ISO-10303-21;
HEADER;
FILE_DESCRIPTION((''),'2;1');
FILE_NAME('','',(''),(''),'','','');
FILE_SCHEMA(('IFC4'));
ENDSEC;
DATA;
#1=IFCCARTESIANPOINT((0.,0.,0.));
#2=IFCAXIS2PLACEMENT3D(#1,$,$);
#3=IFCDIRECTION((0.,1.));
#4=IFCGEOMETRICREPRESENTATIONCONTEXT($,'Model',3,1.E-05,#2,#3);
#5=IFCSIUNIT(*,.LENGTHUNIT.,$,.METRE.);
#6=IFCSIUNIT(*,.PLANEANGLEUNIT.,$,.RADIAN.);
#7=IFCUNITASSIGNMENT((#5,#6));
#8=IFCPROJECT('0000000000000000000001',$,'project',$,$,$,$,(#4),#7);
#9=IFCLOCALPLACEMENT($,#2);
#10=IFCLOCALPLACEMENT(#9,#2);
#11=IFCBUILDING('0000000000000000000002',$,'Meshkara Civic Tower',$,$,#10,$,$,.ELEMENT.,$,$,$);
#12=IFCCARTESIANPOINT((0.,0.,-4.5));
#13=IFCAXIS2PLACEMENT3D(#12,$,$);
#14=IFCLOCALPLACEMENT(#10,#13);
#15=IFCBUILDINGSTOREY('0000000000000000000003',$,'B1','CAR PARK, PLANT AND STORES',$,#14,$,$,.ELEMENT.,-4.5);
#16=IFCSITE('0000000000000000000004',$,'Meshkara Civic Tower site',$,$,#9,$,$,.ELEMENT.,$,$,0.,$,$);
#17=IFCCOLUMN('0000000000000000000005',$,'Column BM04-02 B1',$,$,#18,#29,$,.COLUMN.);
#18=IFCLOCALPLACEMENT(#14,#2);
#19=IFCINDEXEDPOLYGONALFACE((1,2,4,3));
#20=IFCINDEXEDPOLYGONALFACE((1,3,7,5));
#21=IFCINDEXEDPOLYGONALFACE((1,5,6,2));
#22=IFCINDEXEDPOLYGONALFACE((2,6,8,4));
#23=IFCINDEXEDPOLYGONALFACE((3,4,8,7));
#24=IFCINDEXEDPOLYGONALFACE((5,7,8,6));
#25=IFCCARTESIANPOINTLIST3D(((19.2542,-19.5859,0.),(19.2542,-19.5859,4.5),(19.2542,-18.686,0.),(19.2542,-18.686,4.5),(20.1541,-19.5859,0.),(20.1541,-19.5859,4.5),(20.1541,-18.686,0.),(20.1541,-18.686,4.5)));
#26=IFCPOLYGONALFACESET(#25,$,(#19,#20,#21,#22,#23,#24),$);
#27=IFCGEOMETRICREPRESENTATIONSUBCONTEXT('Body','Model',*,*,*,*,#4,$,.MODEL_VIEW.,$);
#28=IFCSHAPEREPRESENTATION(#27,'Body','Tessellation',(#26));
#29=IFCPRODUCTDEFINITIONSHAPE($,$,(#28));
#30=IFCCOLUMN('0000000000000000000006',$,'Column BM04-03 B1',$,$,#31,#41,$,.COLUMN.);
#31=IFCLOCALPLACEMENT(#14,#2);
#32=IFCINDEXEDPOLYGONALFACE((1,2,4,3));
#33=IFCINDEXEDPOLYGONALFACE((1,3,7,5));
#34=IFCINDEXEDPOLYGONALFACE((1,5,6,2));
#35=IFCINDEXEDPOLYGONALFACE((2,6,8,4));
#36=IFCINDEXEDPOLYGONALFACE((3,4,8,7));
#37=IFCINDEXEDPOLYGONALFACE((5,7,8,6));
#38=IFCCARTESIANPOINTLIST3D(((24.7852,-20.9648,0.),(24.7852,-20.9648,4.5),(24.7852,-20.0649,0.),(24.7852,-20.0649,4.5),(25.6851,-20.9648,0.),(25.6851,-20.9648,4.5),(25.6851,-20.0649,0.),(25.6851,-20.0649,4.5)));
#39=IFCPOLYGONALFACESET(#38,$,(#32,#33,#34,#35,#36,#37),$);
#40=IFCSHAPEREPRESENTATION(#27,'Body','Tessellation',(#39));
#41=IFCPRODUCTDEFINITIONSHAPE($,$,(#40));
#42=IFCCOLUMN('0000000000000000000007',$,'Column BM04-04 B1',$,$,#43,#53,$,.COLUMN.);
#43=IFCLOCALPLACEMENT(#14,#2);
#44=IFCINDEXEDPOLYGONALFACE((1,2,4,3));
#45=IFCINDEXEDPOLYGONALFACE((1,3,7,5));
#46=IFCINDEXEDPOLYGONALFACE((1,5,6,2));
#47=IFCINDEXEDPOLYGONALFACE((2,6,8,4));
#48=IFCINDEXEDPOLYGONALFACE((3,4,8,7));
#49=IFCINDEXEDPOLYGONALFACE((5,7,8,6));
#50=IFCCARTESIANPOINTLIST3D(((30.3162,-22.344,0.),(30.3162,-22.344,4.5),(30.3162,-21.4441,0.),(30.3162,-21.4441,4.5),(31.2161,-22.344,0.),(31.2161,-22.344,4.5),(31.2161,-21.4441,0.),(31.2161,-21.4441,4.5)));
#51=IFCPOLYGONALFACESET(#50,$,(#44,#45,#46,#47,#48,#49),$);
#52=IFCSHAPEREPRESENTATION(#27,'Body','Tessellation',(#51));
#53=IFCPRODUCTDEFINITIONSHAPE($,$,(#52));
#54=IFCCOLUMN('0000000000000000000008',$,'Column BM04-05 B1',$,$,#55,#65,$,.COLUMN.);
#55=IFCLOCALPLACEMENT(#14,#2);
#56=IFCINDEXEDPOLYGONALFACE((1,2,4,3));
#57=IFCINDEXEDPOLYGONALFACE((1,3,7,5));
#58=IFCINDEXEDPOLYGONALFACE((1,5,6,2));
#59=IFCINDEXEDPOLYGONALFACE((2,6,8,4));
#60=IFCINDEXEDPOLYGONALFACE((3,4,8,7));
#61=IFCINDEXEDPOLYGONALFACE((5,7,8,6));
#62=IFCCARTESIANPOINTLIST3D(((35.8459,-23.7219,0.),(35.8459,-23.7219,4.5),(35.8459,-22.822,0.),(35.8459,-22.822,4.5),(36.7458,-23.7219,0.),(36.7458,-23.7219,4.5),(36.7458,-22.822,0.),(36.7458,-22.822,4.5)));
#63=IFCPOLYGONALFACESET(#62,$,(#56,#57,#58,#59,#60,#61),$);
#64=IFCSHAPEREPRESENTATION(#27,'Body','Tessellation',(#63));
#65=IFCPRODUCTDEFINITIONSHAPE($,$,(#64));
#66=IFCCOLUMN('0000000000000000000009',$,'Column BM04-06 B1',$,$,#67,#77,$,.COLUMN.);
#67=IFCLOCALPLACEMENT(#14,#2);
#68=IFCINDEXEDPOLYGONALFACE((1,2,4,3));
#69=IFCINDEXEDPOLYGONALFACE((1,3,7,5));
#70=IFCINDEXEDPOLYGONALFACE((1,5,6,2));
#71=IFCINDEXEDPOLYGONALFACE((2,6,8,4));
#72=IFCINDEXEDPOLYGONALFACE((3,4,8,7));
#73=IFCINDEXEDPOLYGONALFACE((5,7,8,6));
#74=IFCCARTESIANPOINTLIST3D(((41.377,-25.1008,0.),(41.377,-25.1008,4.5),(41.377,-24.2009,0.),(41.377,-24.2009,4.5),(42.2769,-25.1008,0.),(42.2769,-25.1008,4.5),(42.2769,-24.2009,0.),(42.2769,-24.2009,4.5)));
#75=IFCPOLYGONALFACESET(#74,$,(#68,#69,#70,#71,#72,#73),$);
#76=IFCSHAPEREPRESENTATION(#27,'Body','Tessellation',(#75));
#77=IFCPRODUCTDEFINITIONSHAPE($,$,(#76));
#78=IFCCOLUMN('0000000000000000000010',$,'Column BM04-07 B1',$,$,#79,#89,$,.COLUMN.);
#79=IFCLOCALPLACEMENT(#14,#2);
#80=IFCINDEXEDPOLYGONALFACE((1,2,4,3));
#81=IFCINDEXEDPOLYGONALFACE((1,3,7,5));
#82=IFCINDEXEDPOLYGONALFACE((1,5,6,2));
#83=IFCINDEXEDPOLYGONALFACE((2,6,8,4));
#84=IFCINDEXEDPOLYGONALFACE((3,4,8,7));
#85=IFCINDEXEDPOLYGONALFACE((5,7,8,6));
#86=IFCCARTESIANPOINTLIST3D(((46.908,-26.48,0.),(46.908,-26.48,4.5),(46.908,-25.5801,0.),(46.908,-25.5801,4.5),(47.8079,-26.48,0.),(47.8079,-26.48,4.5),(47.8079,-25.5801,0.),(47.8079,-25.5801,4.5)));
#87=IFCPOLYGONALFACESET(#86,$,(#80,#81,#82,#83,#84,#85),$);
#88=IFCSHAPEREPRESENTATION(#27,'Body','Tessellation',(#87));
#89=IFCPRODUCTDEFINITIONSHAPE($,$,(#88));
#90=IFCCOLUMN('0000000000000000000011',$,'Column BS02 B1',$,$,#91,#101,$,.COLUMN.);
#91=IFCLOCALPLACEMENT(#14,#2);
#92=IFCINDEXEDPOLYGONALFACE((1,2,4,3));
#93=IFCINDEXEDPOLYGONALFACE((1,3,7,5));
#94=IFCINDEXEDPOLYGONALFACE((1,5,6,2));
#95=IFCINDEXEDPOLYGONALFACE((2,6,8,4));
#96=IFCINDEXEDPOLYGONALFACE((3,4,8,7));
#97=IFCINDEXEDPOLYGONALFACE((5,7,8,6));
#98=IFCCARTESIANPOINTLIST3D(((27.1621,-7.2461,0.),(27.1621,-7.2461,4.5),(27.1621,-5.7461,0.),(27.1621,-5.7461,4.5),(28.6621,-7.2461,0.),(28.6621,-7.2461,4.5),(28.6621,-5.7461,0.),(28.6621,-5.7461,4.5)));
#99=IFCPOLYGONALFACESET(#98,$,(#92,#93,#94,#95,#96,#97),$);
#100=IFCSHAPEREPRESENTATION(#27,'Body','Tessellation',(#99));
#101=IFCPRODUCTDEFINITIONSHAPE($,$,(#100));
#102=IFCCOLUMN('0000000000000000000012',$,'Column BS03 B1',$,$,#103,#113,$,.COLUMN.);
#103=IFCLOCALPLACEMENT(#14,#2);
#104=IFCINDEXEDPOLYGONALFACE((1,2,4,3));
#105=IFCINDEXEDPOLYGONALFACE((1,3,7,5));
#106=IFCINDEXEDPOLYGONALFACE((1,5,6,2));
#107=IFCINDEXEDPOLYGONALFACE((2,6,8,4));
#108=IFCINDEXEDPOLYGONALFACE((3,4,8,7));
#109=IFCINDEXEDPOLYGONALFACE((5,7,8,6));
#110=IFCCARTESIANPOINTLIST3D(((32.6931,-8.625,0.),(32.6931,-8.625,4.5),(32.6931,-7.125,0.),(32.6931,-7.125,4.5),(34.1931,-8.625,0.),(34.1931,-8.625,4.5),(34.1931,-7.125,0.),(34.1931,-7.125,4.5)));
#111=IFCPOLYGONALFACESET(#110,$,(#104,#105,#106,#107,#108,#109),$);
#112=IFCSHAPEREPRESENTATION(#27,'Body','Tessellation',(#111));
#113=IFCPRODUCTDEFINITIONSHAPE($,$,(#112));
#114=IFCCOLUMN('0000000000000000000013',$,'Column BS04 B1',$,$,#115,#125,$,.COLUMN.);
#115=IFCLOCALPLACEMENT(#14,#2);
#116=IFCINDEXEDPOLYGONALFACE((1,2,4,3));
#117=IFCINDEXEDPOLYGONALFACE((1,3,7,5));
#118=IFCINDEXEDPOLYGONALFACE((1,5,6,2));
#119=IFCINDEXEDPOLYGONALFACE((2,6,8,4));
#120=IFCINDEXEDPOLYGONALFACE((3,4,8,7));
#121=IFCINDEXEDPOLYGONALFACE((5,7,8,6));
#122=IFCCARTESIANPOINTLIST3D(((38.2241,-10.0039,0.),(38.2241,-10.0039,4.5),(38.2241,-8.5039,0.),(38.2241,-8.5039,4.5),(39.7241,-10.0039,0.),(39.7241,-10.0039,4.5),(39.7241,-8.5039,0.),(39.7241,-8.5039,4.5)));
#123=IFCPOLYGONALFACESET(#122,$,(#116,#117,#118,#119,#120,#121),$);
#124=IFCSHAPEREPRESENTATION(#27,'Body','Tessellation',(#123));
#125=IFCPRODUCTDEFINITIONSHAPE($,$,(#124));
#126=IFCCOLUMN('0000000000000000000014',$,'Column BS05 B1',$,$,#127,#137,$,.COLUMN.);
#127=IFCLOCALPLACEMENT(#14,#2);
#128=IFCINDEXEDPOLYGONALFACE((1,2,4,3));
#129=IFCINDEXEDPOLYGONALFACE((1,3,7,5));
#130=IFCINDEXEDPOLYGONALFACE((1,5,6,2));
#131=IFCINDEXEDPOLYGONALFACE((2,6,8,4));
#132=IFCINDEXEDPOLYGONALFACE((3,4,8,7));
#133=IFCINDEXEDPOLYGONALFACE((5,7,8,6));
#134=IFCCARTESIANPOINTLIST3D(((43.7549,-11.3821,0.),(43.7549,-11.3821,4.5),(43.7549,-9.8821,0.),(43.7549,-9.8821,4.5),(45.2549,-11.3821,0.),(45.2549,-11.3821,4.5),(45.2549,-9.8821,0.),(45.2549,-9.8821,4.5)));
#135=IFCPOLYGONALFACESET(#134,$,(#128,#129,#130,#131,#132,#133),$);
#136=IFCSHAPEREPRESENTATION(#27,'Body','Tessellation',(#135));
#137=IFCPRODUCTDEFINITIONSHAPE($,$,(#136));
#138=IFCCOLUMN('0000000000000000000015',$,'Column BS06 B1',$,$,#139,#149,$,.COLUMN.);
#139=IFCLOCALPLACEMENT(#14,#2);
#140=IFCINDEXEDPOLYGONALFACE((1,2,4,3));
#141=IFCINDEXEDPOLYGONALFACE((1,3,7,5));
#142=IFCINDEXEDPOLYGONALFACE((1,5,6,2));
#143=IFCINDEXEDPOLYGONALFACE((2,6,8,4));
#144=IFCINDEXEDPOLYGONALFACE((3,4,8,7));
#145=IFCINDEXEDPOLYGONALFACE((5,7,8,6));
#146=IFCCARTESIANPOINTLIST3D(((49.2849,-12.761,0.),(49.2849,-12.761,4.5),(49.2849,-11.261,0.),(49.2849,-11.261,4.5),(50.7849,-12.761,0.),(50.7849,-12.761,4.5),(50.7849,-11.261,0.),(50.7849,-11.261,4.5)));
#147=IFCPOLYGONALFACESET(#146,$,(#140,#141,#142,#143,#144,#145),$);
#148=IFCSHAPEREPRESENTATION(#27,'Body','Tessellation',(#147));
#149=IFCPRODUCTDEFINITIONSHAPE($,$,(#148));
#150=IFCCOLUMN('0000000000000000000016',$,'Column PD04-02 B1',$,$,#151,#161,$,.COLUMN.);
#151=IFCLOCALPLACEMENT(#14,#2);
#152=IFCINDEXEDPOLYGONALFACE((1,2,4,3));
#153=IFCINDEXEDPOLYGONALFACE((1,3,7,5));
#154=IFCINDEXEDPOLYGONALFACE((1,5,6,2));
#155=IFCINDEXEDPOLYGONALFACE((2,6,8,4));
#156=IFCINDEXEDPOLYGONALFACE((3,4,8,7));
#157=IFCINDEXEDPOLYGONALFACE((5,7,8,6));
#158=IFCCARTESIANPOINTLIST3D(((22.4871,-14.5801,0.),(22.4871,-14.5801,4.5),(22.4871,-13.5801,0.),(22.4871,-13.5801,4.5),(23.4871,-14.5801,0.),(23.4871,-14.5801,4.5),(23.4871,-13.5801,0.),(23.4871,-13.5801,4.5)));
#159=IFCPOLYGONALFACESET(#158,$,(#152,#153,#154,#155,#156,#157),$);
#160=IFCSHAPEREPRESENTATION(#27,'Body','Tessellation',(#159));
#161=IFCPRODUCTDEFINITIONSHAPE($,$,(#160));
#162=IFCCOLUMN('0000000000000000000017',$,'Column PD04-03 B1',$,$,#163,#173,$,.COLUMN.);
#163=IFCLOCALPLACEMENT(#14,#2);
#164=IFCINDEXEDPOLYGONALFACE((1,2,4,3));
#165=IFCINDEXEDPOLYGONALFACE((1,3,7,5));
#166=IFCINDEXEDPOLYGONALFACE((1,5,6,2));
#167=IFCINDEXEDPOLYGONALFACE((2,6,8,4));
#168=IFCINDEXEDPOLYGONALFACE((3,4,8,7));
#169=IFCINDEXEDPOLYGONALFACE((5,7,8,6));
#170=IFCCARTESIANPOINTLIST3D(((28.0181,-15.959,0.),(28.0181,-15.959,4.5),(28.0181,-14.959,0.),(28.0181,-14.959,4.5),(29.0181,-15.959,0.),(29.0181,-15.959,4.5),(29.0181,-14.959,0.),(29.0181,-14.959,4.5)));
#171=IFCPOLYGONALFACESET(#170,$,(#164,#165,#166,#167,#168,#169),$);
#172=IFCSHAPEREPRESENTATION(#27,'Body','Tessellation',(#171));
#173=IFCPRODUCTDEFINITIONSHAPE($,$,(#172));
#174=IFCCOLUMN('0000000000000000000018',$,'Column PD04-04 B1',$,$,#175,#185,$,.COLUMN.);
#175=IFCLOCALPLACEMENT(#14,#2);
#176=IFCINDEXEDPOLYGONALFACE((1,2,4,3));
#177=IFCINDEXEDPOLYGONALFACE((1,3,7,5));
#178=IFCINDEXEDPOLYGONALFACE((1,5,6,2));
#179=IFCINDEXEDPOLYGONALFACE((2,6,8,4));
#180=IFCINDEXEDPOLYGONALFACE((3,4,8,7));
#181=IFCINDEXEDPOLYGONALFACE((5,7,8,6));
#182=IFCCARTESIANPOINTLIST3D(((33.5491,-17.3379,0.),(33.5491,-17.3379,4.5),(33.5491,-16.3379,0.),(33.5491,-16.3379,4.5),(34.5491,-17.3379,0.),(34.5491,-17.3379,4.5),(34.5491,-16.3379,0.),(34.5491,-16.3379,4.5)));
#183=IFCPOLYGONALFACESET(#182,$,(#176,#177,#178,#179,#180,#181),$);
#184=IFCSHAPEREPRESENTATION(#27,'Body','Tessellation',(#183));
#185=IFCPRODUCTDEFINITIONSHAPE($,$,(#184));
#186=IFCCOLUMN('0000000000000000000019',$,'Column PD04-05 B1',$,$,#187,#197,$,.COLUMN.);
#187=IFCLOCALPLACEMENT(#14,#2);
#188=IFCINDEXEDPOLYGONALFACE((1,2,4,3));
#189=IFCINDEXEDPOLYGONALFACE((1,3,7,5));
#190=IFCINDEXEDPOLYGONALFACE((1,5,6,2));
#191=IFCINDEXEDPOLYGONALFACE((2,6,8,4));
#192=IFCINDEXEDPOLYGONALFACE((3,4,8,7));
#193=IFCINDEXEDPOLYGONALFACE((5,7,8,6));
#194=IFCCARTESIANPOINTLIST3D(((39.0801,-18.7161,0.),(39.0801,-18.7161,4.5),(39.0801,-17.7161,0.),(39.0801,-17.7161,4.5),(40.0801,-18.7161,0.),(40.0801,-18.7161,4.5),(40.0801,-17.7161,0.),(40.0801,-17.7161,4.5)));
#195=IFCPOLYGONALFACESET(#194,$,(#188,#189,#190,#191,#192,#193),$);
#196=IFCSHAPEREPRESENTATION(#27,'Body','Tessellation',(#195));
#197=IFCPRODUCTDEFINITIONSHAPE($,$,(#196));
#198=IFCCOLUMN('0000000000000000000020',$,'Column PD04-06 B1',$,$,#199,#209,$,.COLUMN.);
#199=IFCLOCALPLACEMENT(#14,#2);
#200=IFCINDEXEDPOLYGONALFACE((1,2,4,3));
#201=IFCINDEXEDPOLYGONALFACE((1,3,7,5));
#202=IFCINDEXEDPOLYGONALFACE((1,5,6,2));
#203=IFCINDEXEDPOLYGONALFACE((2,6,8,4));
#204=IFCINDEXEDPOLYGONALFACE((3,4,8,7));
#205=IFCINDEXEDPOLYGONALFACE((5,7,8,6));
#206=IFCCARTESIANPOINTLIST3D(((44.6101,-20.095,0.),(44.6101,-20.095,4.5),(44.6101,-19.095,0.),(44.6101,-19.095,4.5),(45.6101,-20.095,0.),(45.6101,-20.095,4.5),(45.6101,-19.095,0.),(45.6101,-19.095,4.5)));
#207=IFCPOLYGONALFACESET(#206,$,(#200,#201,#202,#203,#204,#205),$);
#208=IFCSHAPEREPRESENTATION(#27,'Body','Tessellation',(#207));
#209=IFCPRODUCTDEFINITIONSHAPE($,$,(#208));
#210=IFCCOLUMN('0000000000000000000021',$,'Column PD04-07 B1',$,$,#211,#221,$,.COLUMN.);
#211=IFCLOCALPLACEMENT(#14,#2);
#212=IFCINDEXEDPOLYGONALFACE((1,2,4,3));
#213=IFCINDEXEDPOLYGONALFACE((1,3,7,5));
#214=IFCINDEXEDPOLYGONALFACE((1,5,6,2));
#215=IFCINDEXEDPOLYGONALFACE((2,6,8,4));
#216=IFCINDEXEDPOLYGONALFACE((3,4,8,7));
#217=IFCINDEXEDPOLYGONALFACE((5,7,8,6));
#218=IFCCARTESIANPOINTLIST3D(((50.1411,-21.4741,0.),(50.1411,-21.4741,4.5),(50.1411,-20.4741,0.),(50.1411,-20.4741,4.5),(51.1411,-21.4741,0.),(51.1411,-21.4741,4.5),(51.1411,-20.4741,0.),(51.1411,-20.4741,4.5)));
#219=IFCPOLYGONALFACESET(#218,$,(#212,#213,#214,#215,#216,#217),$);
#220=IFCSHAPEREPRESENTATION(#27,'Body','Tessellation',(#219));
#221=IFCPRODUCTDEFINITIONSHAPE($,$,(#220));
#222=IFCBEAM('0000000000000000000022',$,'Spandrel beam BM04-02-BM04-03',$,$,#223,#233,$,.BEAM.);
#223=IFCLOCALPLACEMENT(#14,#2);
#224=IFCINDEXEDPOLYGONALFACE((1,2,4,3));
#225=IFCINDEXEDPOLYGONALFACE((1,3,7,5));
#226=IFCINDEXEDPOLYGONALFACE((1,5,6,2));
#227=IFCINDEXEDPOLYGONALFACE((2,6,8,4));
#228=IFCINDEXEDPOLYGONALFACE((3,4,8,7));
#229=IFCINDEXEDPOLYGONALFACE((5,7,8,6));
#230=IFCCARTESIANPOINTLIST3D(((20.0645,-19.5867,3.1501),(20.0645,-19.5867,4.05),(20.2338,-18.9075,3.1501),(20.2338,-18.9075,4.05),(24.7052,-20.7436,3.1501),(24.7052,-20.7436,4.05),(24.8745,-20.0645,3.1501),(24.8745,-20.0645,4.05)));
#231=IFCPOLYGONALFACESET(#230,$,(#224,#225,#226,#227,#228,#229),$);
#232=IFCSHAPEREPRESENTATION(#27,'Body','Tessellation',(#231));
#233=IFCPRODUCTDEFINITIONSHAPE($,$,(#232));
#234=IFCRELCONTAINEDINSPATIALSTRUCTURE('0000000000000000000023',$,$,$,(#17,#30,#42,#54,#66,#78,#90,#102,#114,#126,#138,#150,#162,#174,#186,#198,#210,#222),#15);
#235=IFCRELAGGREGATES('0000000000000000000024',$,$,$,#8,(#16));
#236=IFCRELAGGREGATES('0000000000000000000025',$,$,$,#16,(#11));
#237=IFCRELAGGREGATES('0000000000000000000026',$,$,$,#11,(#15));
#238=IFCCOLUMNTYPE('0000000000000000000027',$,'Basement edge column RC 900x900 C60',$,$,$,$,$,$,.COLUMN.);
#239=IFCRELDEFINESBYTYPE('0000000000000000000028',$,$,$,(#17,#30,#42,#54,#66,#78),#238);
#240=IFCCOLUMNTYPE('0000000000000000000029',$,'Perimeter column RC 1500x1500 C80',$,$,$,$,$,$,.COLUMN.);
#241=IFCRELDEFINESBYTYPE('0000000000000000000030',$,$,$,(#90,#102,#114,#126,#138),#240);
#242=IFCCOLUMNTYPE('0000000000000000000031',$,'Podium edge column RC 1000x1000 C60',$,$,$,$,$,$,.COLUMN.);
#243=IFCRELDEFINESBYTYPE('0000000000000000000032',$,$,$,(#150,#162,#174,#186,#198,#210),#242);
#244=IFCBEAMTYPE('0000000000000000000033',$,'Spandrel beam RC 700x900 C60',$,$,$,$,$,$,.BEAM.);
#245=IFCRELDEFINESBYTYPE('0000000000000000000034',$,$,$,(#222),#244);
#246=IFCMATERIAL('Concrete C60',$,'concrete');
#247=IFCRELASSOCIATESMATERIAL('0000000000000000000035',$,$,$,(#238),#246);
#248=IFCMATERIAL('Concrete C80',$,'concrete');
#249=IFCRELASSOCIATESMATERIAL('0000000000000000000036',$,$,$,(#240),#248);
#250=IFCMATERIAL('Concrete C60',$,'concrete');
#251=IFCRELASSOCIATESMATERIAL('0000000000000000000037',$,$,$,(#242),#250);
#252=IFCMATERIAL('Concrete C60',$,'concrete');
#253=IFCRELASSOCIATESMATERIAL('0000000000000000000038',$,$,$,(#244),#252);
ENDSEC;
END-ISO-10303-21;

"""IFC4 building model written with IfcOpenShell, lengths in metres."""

from ifc_helpers import new_model, si_unit, direction, frame, origin, origin_2d, place, context, subcontext, project, spatial, rectangle, extrude, material, material_profile, profile_set, type_object, element, save


model = new_model("IFC4")

# Units and contexts
model_context = context("Model", 3, precision=1e-05, world=origin(), true_north=direction((0.0, 1.0)))
body_context = subcontext(model_context, "Body", "Model", "MODEL_VIEW")
ifc_project = project(units=[si_unit("LENGTHUNIT", "METRE"), si_unit("PLANEANGLEUNIT", "RADIAN")], contexts=[model_context])

# Site, building, storey
site_placement = place(None, origin())
site = spatial("IfcSite", under=ifc_project, at=site_placement, Name="Meshkara Civic Tower site", CompositionType="ELEMENT", RefElevation=0.0)
building_placement = place(site_placement, origin())
building = spatial("IfcBuilding", under=site, at=building_placement, Name="Meshkara Civic Tower", CompositionType="ELEMENT")
storey_placement = place(building_placement, frame((0.0, 0.0, -4.5)))
storey = spatial("IfcBuildingStorey", under=building, at=storey_placement, Name="B1", Description="CAR PARK, PLANT AND STORES", CompositionType="ELEMENT", Elevation=-4.5)

# Columns
ifc_material_1 = material(Name="Concrete C60", Category="concrete")
ifc_material_profile_1 = material_profile(ifc_material_1, rectangle(XDim=0.8999, YDim=0.8999, at=origin_2d()))
ifc_profile_set_1 = profile_set([ifc_material_profile_1], Name="Concrete C60")
column_type_1 = type_object("IfcColumnType", Name="Basement edge column RC 900x900 C60", PredefinedType="COLUMN", material=ifc_profile_set_1)
for number, where, z_axis, x_axis, name in (
    (1, (19.7041, -19.136, 0.0), (0.0, 0.0, 1.0), (1.0, 0.0, 0.0), "Column BM04-02 B1"),
    (2, (25.2351, -20.5149, 0.0), (0.0, 0.0, 1.0), (1.0, 0.0, 0.0), "Column BM04-03 B1"),
    (3, (30.7661, -21.894, 0.0), (0.0, 0.0, 1.0), (1.0, 0.0, 0.0), "Column BM04-04 B1"),
    (4, (36.2959, -23.272, 0.0), (0.0, 0.0, 1.0), (1.0, 0.0, 0.0), "Column BM04-05 B1"),
    (5, (41.8269, -24.6509, 0.0), (0.0, 0.0, 1.0), (1.0, 0.0, 0.0), "Column BM04-06 B1"),
    (6, (47.3579, -26.03, 0.0), (0.0, 0.0, 1.0), (1.0, 0.0, 0.0), "Column BM04-07 B1"),
):
    element("IfcColumn", number, at=place(storey_placement, frame(where, z_axis=z_axis, x_axis=x_axis)), inside=storey, type_object=column_type_1, Name=name, PredefinedType="COLUMN", context=body_context, shape_type="SweptSolid", body=[
        extrude(rectangle(XDim=0.8999, YDim=0.8999, at=origin_2d()), origin(), (0.0, 0.0, 1.0), 4.5),
    ])
ifc_material_2 = material(Name="Concrete C80", Category="concrete")
ifc_material_profile_2 = material_profile(ifc_material_2, rectangle(XDim=1.5, YDim=1.5, at=origin_2d()))
ifc_profile_set_2 = profile_set([ifc_material_profile_2], Name="Concrete C80")
column_type_2 = type_object("IfcColumnType", Name="Perimeter column RC 1500x1500 C80", PredefinedType="COLUMN", material=ifc_profile_set_2)
for number, where, z_axis, x_axis, name in (
    (7, (27.9121, -6.4961, 0.0), (0.0, 0.0, 1.0), (1.0, 0.0, 0.0), "Column BS02 B1"),
    (8, (33.4431, -7.875, 0.0), (0.0, 0.0, 1.0), (1.0, 0.0, 0.0), "Column BS03 B1"),
    (9, (38.9741, -9.2539, 0.0), (0.0, 0.0, 1.0), (1.0, 0.0, 0.0), "Column BS04 B1"),
    (10, (44.5049, -10.6321, 0.0), (0.0, 0.0, 1.0), (1.0, 0.0, 0.0), "Column BS05 B1"),
    (11, (50.0349, -12.011, 0.0), (0.0, 0.0, 1.0), (1.0, 0.0, 0.0), "Column BS06 B1"),
):
    element("IfcColumn", number, at=place(storey_placement, frame(where, z_axis=z_axis, x_axis=x_axis)), inside=storey, type_object=column_type_2, Name=name, PredefinedType="COLUMN", context=body_context, shape_type="SweptSolid", body=[
        extrude(rectangle(XDim=1.5, YDim=1.5, at=origin_2d()), origin(), (0.0, 0.0, 1.0), 4.5),
    ])
ifc_material_3 = material(Name="Concrete C60", Category="concrete")
ifc_material_profile_3 = material_profile(ifc_material_3, rectangle(XDim=1.0, YDim=1.0, at=origin_2d()))
ifc_profile_set_3 = profile_set([ifc_material_profile_3], Name="Concrete C60")
column_type_3 = type_object("IfcColumnType", Name="Podium edge column RC 1000x1000 C60", PredefinedType="COLUMN", material=ifc_profile_set_3)
for number, where, z_axis, x_axis, name in (
    (12, (22.9871, -14.0801, 0.0), (0.0, 0.0, 1.0), (1.0, 0.0, 0.0), "Column PD04-02 B1"),
    (13, (28.5181, -15.459, 0.0), (0.0, 0.0, 1.0), (1.0, 0.0, 0.0), "Column PD04-03 B1"),
    (14, (34.0491, -16.8379, 0.0), (0.0, 0.0, 1.0), (1.0, 0.0, 0.0), "Column PD04-04 B1"),
    (15, (39.5801, -18.2161, 0.0), (0.0, 0.0, 1.0), (1.0, 0.0, 0.0), "Column PD04-05 B1"),
    (16, (45.1101, -19.595, 0.0), (0.0, 0.0, 1.0), (1.0, 0.0, 0.0), "Column PD04-06 B1"),
    (17, (50.6411, -20.9741, 0.0), (0.0, 0.0, 1.0), (1.0, 0.0, 0.0), "Column PD04-07 B1"),
):
    element("IfcColumn", number, at=place(storey_placement, frame(where, z_axis=z_axis, x_axis=x_axis)), inside=storey, type_object=column_type_3, Name=name, PredefinedType="COLUMN", context=body_context, shape_type="SweptSolid", body=[
        extrude(rectangle(XDim=1.0, YDim=1.0, at=origin_2d()), origin(), (0.0, 0.0, 1.0), 4.5),
    ])

# Beam
ifc_material_4 = material(Name="Concrete C60", Category="concrete")
ifc_material_profile_4 = material_profile(ifc_material_4, rectangle(XDim=0.7, YDim=0.8999, at=origin_2d()))
ifc_profile_set_4 = profile_set([ifc_material_profile_4], Name="Concrete C60")
beam_type = type_object("IfcBeamType", Name="Spandrel beam RC 700x900 C60", PredefinedType="BEAM", material=ifc_profile_set_4)
for number, where, z_axis, x_axis, name in (
    (18, (20.1492, -19.2471, 3.6001), (0.970298, -0.241911, 0.0), (0.241911, 0.970298, 0.0), "Spandrel beam BM04-02-BM04-03"),
):
    element("IfcBeam", number, at=place(storey_placement, frame(where, z_axis=z_axis, x_axis=x_axis)), inside=storey, type_object=beam_type, Name=name, PredefinedType="BEAM", context=body_context, shape_type="SweptSolid", body=[
        extrude(rectangle(XDim=0.7, YDim=0.8999, at=origin_2d()), origin(), (0.0, 0.0, 1.0), 4.7827),
    ])

save(model, "model.ifc")
